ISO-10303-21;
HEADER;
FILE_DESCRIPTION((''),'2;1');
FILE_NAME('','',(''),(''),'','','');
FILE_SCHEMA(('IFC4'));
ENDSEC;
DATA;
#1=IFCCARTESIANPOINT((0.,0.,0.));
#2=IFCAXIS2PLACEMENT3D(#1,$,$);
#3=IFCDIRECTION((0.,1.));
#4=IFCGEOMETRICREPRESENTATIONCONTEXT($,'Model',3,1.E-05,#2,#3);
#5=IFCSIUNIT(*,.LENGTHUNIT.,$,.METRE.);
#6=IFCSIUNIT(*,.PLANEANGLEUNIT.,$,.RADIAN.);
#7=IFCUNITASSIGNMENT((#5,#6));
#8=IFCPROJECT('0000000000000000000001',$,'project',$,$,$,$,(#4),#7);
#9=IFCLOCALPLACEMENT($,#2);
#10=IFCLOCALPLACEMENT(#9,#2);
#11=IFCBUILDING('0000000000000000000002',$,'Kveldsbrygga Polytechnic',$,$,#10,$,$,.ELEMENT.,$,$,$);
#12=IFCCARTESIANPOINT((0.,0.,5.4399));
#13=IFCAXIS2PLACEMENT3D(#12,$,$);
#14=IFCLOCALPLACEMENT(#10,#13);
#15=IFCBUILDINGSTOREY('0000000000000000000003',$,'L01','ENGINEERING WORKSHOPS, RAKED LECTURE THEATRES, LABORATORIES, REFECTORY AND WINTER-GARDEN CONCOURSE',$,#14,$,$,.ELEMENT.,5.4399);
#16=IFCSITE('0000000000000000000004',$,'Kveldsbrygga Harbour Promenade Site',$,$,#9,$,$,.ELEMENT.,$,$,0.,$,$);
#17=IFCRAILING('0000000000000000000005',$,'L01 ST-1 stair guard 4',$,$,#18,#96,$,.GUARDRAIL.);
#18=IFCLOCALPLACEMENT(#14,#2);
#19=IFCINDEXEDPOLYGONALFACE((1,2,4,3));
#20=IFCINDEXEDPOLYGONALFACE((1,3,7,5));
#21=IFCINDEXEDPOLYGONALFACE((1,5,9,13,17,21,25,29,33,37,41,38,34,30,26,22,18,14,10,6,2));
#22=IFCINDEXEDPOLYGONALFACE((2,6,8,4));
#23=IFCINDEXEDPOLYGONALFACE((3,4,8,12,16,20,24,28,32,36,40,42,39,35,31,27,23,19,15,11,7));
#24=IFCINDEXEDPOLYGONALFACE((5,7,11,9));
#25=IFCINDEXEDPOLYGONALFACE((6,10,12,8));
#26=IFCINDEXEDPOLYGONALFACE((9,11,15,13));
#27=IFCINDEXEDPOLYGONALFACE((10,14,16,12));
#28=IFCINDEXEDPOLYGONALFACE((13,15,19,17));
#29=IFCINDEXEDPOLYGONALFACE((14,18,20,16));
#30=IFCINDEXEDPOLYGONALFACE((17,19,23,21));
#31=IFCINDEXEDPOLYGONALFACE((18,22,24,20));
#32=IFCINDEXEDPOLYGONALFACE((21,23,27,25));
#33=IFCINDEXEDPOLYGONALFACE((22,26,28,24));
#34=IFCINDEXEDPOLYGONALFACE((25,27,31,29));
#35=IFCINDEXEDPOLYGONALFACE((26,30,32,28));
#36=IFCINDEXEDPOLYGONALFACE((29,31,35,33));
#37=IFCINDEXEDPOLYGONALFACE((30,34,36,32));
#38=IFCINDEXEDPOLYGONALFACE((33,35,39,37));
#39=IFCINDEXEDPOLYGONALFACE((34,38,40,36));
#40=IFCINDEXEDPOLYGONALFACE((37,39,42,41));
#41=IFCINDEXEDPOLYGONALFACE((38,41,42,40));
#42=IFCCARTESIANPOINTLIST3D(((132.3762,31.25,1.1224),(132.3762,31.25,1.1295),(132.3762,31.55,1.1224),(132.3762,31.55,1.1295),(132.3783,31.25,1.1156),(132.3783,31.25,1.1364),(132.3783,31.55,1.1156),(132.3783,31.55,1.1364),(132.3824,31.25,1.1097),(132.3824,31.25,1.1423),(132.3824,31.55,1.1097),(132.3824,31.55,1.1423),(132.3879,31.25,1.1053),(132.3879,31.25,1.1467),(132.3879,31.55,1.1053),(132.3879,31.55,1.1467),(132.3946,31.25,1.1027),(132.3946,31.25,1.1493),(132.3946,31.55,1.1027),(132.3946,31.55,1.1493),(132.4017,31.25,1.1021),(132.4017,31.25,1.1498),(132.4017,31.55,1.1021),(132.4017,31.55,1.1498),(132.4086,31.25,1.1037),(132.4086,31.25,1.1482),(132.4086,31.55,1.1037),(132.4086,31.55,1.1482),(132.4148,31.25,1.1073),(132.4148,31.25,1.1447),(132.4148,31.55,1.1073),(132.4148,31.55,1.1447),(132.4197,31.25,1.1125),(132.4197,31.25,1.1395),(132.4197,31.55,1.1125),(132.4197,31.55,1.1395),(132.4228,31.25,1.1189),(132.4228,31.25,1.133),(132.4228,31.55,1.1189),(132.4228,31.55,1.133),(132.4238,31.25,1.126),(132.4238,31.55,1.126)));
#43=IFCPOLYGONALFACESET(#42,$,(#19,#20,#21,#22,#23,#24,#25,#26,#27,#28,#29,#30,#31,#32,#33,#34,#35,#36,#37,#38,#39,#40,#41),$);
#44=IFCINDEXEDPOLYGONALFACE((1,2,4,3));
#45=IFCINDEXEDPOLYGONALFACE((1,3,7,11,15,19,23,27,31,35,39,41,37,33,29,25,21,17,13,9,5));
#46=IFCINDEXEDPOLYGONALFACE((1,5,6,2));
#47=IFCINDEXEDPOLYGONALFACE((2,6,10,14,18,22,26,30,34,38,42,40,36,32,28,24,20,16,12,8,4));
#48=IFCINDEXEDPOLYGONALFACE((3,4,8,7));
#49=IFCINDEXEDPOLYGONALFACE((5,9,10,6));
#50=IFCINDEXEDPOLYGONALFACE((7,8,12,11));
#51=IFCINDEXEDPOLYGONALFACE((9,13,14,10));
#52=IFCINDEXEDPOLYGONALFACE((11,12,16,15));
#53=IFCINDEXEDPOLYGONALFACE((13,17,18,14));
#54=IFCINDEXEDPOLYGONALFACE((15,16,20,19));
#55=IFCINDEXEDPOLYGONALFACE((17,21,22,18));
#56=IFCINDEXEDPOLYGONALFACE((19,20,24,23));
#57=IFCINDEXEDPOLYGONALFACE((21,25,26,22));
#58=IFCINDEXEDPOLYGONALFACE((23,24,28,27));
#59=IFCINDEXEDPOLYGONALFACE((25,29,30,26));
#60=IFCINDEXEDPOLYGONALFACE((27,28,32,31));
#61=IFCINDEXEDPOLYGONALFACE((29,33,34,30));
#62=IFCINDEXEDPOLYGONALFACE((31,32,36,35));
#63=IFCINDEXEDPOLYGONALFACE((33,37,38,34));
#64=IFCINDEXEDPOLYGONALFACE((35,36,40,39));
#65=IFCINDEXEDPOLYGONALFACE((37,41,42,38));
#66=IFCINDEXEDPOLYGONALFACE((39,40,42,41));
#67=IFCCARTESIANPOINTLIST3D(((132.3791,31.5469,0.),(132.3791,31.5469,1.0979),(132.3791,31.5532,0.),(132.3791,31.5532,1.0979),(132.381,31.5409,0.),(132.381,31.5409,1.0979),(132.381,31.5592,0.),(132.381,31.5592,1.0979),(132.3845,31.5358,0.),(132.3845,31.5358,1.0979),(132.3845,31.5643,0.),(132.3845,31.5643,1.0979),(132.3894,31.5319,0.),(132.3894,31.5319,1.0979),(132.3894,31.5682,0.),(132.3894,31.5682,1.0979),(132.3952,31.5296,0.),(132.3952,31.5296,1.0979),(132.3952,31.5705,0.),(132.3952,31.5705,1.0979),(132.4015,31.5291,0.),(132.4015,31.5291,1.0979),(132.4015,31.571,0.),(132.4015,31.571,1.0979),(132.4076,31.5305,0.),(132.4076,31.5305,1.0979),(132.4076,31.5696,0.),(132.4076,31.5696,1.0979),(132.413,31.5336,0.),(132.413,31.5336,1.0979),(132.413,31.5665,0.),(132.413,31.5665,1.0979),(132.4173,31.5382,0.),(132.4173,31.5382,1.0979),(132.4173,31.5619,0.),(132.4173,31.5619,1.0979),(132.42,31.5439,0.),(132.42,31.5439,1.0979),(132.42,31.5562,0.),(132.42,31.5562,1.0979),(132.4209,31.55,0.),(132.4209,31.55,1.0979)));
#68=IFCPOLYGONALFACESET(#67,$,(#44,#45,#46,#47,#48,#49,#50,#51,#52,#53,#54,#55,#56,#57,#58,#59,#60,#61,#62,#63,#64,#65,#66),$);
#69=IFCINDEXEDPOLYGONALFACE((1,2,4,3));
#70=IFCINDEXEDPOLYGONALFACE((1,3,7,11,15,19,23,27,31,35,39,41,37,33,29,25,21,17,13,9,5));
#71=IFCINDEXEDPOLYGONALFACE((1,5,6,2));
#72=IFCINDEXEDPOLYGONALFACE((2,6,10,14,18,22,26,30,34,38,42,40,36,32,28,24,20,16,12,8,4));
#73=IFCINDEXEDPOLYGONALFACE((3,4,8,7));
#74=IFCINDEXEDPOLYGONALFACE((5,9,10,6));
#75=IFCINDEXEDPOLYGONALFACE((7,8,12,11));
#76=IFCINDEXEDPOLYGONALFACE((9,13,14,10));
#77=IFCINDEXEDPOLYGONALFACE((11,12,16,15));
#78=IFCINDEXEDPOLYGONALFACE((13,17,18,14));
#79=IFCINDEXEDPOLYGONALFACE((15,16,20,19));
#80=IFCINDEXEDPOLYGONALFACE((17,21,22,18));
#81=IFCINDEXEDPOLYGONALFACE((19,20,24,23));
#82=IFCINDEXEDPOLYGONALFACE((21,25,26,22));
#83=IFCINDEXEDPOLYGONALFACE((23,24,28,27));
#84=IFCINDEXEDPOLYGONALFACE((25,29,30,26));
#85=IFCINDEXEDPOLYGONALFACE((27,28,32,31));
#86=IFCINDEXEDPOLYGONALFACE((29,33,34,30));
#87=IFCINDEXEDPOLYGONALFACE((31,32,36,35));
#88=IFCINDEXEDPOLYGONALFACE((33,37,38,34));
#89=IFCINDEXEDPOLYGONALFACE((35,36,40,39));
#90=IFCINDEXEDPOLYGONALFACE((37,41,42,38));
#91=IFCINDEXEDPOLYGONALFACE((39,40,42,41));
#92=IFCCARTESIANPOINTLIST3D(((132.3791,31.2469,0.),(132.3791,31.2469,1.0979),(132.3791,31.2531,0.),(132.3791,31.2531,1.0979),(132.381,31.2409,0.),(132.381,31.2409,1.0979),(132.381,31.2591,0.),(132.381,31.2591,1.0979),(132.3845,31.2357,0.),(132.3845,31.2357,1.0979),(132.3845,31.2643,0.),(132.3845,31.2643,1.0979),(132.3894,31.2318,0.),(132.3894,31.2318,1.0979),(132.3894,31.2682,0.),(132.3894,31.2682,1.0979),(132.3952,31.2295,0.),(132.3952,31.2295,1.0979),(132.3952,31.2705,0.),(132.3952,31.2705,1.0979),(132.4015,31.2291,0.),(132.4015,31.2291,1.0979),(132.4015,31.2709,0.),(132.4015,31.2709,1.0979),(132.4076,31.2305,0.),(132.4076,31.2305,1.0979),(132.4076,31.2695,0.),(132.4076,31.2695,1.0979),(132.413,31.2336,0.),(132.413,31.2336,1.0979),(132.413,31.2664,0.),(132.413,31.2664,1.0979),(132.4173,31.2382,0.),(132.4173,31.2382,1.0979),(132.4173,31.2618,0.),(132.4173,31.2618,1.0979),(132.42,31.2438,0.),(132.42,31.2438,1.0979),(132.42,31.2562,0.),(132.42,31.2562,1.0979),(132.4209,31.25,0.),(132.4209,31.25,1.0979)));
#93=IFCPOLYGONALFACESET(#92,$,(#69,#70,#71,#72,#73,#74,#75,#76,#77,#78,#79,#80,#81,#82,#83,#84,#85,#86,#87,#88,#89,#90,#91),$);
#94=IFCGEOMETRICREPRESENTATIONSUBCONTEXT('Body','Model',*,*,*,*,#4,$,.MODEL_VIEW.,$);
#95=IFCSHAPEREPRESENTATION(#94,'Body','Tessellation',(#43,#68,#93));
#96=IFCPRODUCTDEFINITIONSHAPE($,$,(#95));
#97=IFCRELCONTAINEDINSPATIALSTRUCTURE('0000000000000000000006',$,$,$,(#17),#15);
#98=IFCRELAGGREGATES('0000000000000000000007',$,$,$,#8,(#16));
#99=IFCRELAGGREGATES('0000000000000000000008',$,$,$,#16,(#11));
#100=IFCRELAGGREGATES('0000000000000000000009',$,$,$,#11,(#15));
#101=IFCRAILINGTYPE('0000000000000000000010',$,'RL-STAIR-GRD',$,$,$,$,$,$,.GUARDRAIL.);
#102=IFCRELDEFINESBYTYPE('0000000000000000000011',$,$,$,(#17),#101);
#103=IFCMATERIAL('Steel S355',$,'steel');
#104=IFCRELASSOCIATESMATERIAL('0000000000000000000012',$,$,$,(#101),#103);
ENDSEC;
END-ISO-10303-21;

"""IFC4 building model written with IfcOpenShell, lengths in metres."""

from ifc_helpers import new_model, si_unit, direction, frame, origin, origin_2d, place, context, subcontext, project, spatial, circle, extrude, material, type_object, element, save


model = new_model("IFC4")

# Units and contexts
model_context = context("Model", 3, precision=1e-05, world=origin(), true_north=direction((0.0, 1.0)))
body_context = subcontext(model_context, "Body", "Model", "MODEL_VIEW")
ifc_project = project(units=[si_unit("LENGTHUNIT", "METRE"), si_unit("PLANEANGLEUNIT", "RADIAN")], contexts=[model_context])

# Site, building, storey
site_placement = place(None, origin())
site = spatial("IfcSite", under=ifc_project, at=site_placement, Name="Kveldsbrygga Harbour Promenade Site", CompositionType="ELEMENT", RefElevation=0.0)
building_placement = place(site_placement, origin())
building = spatial("IfcBuilding", under=site, at=building_placement, Name="Kveldsbrygga Polytechnic", CompositionType="ELEMENT")
storey_placement = place(building_placement, frame((0.0, 0.0, 5.4399)))
storey = spatial("IfcBuildingStorey", under=building, at=storey_placement, Name="L01", Description="ENGINEERING WORKSHOPS, RAKED LECTURE THEATRES, LABORATORIES, REFECTORY AND WINTER-GARDEN CONCOURSE", CompositionType="ELEMENT", Elevation=5.4399)

# Shared definitions
ifc_material_1 = material(Name="Steel S355", Category="steel")

# Railing
railing_type_1 = type_object("IfcRailingType", Name="RL-STAIR-GRD", PredefinedType="GUARDRAIL", material=ifc_material_1)
railing_1_placement = place(storey_placement, frame((132.3999, 31.55, 0.0)))
element("IfcRailing", 1, at=railing_1_placement, inside=storey, type_object=railing_type_1, Name="L01 ST-1 stair guard 4", PredefinedType="GUARDRAIL", context=body_context, shape_type="SweptSolid", body=[
    extrude(circle(Radius=0.0239, at=origin_2d()), frame((0.0, 0.0, 1.126), z_axis=(0.0, -1.0, 0.0), x_axis=(1.0, 0.0, 0.0)), (0.0, 0.0, 1.0), 0.3),
    extrude(circle(Radius=0.021, at=origin_2d()), origin(), (0.0, 0.0, 1.0), 1.0979),
    extrude(circle(Radius=0.021, at=origin_2d()), frame((0.0, -0.3, 0.0)), (0.0, 0.0, 1.0), 1.0979),
])

save(model, "model.ifc")
